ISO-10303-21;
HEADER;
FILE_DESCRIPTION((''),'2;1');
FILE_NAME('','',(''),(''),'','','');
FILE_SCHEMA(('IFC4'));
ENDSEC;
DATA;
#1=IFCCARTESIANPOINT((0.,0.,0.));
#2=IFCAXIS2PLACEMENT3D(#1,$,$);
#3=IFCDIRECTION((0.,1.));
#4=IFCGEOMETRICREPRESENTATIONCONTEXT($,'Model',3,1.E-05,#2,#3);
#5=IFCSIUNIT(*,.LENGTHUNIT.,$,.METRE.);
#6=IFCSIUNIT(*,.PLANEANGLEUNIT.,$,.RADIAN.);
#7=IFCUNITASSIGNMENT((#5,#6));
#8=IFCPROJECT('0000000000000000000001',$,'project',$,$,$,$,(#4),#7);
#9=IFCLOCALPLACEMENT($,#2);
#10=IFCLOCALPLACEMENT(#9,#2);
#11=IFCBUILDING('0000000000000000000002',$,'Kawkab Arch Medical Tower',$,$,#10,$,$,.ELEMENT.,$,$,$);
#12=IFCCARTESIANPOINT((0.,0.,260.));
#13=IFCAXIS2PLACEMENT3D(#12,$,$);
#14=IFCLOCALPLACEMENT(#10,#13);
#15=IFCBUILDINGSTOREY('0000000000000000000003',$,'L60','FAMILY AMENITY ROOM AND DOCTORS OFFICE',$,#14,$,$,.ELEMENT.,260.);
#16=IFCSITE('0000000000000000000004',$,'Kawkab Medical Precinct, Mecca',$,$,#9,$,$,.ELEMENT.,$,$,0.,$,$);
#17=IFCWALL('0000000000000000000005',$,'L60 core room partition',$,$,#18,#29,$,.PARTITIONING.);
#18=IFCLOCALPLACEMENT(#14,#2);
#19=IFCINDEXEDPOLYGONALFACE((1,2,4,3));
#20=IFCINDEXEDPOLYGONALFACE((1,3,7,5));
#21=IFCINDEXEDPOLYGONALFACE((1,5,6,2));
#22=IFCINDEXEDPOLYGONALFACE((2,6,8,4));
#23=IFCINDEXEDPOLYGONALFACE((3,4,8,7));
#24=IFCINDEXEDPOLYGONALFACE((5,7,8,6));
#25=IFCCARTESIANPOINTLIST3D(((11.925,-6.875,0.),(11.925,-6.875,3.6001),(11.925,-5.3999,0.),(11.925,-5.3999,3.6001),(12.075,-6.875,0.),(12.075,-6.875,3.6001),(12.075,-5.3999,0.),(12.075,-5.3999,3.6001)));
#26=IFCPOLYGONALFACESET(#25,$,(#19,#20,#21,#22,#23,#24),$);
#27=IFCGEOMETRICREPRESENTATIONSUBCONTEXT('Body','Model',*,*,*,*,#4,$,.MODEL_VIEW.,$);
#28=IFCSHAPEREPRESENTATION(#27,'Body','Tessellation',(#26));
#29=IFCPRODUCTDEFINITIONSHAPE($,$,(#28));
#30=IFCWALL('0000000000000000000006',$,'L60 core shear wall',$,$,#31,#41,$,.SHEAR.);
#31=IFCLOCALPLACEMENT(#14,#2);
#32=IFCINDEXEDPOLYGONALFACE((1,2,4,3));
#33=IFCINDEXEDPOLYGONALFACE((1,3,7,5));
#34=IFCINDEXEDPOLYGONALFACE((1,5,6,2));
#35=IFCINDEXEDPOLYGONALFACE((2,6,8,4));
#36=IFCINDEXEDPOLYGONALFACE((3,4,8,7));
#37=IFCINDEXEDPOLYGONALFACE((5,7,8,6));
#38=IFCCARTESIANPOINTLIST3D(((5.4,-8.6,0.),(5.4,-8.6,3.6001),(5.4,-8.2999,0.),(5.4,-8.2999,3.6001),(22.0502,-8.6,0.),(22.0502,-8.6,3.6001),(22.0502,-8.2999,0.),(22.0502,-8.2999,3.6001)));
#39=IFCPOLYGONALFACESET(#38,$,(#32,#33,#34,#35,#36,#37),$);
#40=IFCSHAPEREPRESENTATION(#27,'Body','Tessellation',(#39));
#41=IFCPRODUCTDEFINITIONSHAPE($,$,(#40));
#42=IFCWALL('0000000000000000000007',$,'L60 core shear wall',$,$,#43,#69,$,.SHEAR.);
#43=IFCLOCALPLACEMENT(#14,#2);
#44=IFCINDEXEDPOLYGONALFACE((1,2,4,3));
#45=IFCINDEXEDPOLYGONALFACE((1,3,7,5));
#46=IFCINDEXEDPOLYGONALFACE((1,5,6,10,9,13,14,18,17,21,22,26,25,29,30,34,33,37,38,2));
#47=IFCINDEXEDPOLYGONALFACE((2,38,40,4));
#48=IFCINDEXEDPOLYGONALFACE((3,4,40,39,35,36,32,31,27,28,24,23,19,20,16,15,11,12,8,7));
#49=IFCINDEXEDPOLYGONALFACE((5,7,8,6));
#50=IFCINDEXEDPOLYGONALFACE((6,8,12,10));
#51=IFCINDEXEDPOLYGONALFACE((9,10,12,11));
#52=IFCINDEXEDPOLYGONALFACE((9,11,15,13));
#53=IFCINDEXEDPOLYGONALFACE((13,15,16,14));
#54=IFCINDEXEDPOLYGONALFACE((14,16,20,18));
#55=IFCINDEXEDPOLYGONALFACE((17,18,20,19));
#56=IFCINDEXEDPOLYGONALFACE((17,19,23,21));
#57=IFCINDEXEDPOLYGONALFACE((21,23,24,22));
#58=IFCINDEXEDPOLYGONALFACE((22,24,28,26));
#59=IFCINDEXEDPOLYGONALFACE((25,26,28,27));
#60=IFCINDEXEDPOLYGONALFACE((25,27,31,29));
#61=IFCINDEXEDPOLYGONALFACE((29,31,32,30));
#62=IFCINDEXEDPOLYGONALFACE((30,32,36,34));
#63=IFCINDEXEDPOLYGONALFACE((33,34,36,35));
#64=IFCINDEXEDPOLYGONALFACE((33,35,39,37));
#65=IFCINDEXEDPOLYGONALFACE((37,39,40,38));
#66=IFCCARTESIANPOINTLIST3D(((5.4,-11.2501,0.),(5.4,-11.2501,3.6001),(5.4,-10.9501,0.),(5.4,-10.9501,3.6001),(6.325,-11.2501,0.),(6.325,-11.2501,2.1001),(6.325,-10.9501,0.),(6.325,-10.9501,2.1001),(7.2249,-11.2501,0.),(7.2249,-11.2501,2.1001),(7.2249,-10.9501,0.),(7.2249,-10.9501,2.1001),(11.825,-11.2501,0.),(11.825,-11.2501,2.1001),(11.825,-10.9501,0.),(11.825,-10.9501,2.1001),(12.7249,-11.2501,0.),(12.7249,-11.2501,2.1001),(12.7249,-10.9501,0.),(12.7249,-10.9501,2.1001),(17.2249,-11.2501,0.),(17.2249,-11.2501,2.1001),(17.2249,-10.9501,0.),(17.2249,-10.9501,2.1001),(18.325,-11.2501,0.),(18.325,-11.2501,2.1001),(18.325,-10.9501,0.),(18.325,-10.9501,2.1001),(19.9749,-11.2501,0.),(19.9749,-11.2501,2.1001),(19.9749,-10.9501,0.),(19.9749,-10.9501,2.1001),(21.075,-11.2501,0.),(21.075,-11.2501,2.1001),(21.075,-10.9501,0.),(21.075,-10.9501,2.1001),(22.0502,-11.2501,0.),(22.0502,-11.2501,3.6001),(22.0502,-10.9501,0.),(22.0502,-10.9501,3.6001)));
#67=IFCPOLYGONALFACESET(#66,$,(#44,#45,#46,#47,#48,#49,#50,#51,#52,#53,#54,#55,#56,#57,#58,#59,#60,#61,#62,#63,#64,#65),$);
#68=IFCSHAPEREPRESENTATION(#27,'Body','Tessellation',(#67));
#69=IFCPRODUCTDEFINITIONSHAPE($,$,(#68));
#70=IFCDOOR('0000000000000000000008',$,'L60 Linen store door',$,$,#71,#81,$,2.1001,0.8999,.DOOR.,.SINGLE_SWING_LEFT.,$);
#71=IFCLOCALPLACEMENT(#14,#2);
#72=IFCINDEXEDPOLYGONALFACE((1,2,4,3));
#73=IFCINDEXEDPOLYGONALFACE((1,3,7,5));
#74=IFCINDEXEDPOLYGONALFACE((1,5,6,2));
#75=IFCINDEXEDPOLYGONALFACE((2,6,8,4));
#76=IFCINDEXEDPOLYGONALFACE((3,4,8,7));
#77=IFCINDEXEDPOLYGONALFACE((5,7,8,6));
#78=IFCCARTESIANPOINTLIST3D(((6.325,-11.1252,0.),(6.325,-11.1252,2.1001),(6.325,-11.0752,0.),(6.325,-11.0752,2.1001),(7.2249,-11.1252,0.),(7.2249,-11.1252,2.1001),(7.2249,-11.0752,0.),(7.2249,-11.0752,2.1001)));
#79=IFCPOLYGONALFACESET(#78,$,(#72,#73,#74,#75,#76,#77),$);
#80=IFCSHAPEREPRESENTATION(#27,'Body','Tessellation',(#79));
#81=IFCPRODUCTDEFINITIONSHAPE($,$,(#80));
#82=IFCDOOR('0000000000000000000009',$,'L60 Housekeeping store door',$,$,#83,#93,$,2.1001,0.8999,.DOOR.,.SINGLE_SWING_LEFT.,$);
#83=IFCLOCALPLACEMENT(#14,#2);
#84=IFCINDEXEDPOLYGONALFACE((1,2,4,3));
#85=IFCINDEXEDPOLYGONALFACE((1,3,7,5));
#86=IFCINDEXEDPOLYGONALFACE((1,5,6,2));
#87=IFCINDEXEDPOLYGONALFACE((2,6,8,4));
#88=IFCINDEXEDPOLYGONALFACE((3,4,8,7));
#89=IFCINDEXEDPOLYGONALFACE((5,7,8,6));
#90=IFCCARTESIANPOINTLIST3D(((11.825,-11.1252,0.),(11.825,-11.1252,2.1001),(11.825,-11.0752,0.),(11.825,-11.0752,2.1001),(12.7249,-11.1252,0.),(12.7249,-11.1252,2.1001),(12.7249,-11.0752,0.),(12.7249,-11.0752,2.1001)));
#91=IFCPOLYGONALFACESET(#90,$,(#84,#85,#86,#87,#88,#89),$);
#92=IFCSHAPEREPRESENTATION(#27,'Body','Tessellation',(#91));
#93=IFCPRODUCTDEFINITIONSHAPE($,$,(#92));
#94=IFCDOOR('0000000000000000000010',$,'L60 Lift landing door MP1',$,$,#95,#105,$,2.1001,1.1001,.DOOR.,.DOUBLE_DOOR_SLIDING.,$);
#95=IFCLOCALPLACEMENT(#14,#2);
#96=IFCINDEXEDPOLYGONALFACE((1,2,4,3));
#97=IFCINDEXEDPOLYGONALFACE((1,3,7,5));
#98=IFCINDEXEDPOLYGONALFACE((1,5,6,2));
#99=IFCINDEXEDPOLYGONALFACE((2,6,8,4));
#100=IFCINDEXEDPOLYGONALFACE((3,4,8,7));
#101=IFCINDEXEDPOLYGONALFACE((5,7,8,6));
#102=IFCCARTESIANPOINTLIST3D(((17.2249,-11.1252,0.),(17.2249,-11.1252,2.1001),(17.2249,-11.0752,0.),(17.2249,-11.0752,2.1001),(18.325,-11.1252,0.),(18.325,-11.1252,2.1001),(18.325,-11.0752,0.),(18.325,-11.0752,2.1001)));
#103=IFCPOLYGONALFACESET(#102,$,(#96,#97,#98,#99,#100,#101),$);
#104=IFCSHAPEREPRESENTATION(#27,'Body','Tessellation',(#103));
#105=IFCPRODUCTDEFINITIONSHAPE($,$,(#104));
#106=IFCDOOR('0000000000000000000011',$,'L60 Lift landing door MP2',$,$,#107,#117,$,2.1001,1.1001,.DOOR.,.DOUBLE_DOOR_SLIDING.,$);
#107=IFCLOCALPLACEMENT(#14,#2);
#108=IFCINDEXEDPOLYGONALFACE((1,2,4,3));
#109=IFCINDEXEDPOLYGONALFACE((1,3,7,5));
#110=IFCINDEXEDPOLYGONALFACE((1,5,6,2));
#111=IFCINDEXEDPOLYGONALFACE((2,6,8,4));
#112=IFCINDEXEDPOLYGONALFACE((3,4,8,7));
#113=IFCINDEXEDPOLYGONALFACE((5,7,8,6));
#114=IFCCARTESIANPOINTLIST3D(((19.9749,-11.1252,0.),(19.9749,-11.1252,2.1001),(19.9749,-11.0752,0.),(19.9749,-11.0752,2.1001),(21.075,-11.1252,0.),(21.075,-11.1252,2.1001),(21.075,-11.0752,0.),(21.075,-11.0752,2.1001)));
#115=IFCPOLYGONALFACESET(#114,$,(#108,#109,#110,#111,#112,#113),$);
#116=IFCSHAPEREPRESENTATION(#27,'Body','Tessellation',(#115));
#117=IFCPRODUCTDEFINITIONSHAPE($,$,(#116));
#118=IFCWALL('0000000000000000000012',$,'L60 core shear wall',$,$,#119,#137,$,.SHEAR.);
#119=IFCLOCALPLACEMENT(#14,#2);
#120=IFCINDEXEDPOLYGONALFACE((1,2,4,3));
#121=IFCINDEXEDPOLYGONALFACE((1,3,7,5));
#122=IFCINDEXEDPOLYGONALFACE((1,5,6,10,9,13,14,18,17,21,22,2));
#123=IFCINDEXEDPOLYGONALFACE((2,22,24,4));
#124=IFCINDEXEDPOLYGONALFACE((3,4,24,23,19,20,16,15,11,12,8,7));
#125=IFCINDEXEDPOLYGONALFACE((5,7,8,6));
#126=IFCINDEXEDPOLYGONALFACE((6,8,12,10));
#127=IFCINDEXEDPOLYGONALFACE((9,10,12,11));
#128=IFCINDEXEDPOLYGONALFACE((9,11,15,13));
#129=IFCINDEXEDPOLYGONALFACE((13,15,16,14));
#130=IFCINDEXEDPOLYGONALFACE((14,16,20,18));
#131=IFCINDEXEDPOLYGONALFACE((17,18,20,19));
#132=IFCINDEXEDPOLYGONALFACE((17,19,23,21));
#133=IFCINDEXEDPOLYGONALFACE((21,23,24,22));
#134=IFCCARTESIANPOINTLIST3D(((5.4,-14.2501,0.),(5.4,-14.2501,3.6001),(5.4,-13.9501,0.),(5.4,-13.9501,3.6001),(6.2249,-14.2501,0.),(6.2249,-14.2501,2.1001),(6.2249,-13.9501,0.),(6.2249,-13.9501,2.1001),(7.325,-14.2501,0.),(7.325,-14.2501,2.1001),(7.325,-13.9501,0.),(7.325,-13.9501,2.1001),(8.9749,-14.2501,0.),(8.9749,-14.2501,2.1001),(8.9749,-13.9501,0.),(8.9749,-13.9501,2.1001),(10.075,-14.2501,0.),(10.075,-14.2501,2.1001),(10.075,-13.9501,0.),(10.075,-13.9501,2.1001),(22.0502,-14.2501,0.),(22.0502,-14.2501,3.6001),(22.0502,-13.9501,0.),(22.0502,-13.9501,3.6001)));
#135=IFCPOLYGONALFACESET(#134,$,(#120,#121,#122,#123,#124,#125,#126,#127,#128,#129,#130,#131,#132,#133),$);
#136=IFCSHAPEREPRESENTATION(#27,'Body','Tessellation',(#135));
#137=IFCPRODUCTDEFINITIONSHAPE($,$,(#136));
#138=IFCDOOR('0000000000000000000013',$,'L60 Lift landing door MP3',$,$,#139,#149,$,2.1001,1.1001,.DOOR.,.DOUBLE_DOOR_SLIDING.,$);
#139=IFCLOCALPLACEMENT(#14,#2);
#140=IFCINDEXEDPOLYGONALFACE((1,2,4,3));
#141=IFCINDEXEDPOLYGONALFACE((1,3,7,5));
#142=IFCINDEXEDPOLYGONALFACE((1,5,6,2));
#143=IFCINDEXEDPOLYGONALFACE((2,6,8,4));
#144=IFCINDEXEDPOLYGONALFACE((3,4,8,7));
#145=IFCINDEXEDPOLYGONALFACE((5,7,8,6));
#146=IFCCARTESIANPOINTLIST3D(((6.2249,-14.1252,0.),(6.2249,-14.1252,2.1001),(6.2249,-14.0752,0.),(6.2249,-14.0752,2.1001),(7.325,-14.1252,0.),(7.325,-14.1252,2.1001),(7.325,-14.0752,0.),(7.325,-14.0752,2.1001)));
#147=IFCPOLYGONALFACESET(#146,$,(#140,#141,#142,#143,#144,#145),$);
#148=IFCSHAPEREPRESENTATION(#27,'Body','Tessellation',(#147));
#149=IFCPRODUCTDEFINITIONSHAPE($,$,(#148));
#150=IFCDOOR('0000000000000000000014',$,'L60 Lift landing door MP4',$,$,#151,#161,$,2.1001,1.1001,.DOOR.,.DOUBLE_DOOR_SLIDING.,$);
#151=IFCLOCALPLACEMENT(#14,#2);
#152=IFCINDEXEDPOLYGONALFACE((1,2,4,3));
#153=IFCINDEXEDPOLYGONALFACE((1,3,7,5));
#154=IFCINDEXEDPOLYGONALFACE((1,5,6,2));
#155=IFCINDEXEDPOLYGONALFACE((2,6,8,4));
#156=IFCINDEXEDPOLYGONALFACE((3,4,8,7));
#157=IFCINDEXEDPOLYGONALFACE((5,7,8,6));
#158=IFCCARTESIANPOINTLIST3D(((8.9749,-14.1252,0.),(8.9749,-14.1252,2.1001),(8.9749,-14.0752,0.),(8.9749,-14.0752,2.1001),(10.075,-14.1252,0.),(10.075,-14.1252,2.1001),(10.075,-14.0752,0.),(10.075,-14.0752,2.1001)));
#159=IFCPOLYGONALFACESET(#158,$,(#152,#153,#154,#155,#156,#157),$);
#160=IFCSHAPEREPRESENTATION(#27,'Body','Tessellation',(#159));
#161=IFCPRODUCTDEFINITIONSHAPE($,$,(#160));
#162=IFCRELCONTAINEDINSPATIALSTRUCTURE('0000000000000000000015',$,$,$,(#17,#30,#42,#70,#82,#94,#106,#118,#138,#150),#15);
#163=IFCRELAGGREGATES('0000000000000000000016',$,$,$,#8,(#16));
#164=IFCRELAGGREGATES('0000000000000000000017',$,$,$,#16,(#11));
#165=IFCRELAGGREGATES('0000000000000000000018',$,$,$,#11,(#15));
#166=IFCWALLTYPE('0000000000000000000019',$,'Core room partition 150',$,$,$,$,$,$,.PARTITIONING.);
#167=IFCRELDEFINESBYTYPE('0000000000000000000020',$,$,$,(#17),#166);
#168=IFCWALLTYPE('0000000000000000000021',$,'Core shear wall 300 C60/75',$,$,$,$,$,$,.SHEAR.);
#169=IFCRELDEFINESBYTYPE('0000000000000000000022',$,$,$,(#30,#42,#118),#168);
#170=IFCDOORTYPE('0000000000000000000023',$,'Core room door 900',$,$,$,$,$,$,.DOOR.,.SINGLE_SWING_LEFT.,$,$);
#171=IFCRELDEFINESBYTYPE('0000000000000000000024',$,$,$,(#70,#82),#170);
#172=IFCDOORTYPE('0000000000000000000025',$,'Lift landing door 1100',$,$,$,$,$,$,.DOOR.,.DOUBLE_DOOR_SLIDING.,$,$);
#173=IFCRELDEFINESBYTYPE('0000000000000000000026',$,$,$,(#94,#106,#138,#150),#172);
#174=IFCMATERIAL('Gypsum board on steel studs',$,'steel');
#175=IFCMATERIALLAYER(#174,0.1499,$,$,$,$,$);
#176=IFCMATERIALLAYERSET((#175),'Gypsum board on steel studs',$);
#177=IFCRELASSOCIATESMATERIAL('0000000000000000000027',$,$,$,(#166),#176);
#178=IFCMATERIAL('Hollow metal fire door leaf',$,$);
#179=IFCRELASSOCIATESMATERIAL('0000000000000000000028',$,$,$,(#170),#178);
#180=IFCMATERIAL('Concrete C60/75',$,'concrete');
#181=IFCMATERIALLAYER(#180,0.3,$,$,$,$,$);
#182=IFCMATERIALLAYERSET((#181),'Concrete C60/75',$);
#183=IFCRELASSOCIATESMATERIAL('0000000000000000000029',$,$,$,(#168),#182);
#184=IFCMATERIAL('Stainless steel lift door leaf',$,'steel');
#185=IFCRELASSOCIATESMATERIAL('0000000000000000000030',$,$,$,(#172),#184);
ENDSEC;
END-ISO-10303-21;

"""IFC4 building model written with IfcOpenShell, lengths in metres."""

from ifc_helpers import new_model, si_unit, direction, frame, frame_2d, origin, place, context, subcontext, project, spatial, rectangle, extrude, material, layer, layer_set, type_object, element, fill, save


model = new_model("IFC4")

# Units and contexts
model_context = context("Model", 3, precision=1e-05, world=origin(), true_north=direction((0.0, 1.0)))
body_context = subcontext(model_context, "Body", "Model", "MODEL_VIEW")
ifc_project = project(units=[si_unit("LENGTHUNIT", "METRE"), si_unit("PLANEANGLEUNIT", "RADIAN")], contexts=[model_context])

# Site, building, storey
site_placement = place(None, origin())
site = spatial("IfcSite", under=ifc_project, at=site_placement, Name="Kawkab Medical Precinct, Mecca", CompositionType="ELEMENT", RefElevation=0.0)
building_placement = place(site_placement, origin())
building = spatial("IfcBuilding", under=site, at=building_placement, Name="Kawkab Arch Medical Tower", CompositionType="ELEMENT")
storey_placement = place(building_placement, frame((0.0, 0.0, 260.0)))
storey = spatial("IfcBuildingStorey", under=building, at=storey_placement, Name="L60", Description="FAMILY AMENITY ROOM AND DOCTORS OFFICE", CompositionType="ELEMENT", Elevation=260.0)

# Shared definitions
ifc_material_1 = material(Name="Gypsum board on steel studs", Category="steel")
ifc_layer_1 = layer(ifc_material_1, 0.1499)
ifc_layer_set_1 = layer_set([ifc_layer_1], Name="Gypsum board on steel studs")
wall_type_1 = type_object("IfcWallType", Name="Core room partition 150", PredefinedType="PARTITIONING", material=ifc_layer_set_1)
ifc_material_2 = material(Name="Hollow metal fire door leaf")
door_type_1 = type_object("IfcDoorType", Name="Core room door 900", OperationType="SINGLE_SWING_LEFT", PredefinedType="DOOR", material=ifc_material_2)

# Walls
for number, where, z_axis, x_axis, name in (
    (1, (12.0, -6.875, 0.0), (0.0, 0.0, 1.0), (0.0, 1.0, 0.0), "L60 core room partition"),
):
    element("IfcWall", number, at=place(storey_placement, frame(where, z_axis=z_axis, x_axis=x_axis)), inside=storey, type_object=wall_type_1, Name=name, PredefinedType="PARTITIONING", context=body_context, shape_type="SweptSolid", body=[
        extrude(rectangle(XDim=1.4751, YDim=0.1499, at=frame_2d((0.7375, 0.0))), origin(), (0.0, 0.0, 1.0), 3.6001),
    ])
ifc_material_3 = material(Name="Concrete C60/75", Category="concrete")
ifc_layer_2 = layer(ifc_material_3, 0.3)
ifc_layer_set_2 = layer_set([ifc_layer_2], Name="Concrete C60/75")
wall_type_2 = type_object("IfcWallType", Name="Core shear wall 300 C60/75", PredefinedType="SHEAR", material=ifc_layer_set_2)
wall_1_placement = place(storey_placement, frame((5.3999, -8.45, 0.0), z_axis=(0.0, 0.0, 1.0), x_axis=(1.0, 0.0, 0.0)))
element("IfcWall", 2, at=wall_1_placement, inside=storey, type_object=wall_type_2, Name="L60 core shear wall", PredefinedType="SHEAR", context=body_context, shape_type="SweptSolid", body=[
    extrude(rectangle(XDim=16.6501, YDim=0.3, at=frame_2d((8.3252, 0.0))), origin(), (0.0, 0.0, 1.0), 3.6001),
])

# Walls, openings, doors
wall_2_placement = place(storey_placement, frame((5.3999, -11.1001, 0.0), z_axis=(0.0, 0.0, 1.0), x_axis=(1.0, 0.0, 0.0)))
wall_2 = element("IfcWall", 3, at=wall_2_placement, inside=storey, type_object=wall_type_2, Name="L60 core shear wall", PredefinedType="SHEAR", context=body_context, shape_type="SweptSolid", body=[
    extrude(rectangle(XDim=16.6501, YDim=0.3, at=frame_2d((8.3252, 0.0))), origin(), (0.0, 0.0, 1.0), 3.6001),
])
opening_1_placement = place(wall_2_placement, frame((11.825, 0.0, 0.0)))
opening_1 = element("IfcOpeningElement", 4, at=opening_1_placement, cuts=wall_2, PredefinedType="OPENING", context=body_context, shape_type="SweptSolid", body=[
    extrude(rectangle(XDim=1.1001, YDim=2.1001, at=frame_2d((0.55, 1.05))), frame((0.0, 0.1599, 0.0), z_axis=(0.0, -1.0, 0.0), x_axis=(1.0, 0.0, 0.0)), (0.0, 0.0, 1.0), 0.3201),
])
opening_2_placement = place(wall_2_placement, frame((14.575, 0.0, 0.0)))
opening_2 = element("IfcOpeningElement", 5, at=opening_2_placement, cuts=wall_2, PredefinedType="OPENING", context=body_context, shape_type="SweptSolid", body=[
    extrude(rectangle(XDim=1.1001, YDim=2.1001, at=frame_2d((0.55, 1.05))), frame((0.0, 0.1599, 0.0), z_axis=(0.0, -1.0, 0.0), x_axis=(1.0, 0.0, 0.0)), (0.0, 0.0, 1.0), 0.3201),
])
opening_3_placement = place(wall_2_placement, frame((0.925, 0.0, 0.0)))
opening_3 = element("IfcOpeningElement", 6, at=opening_3_placement, cuts=wall_2, PredefinedType="OPENING", context=body_context, shape_type="SweptSolid", body=[
    extrude(rectangle(XDim=0.8999, YDim=2.1001, at=frame_2d((0.45, 1.05))), frame((0.0, 0.1599, 0.0), z_axis=(0.0, -1.0, 0.0), x_axis=(1.0, 0.0, 0.0)), (0.0, 0.0, 1.0), 0.3201),
])
opening_4_placement = place(wall_2_placement, frame((6.425, 0.0, 0.0)))
opening_4 = element("IfcOpeningElement", 7, at=opening_4_placement, cuts=wall_2, PredefinedType="OPENING", context=body_context, shape_type="SweptSolid", body=[
    extrude(rectangle(XDim=0.8999, YDim=2.1001, at=frame_2d((0.45, 1.05))), frame((0.0, 0.1599, 0.0), z_axis=(0.0, -1.0, 0.0), x_axis=(1.0, 0.0, 0.0)), (0.0, 0.0, 1.0), 0.3201),
])
door_1_placement = place(opening_3_placement, origin())
door_1 = element("IfcDoor", 8, at=door_1_placement, inside=storey, type_object=door_type_1, Name="L60 Linen store door", OperationType="SINGLE_SWING_LEFT", OverallHeight=2.1001, OverallWidth=0.8999, PredefinedType="DOOR", context=body_context, shape_type="SweptSolid", body=[
    extrude(rectangle(XDim=0.8999, YDim=2.1001, at=frame_2d((0.45, 1.05))), frame((0.0, 0.0249, 0.0), z_axis=(0.0, -1.0, 0.0), x_axis=(1.0, 0.0, 0.0)), (0.0, 0.0, 1.0), 0.05),
])
fill(opening_3, door_1)
door_2_placement = place(opening_4_placement, origin())
door_2 = element("IfcDoor", 9, at=door_2_placement, inside=storey, type_object=door_type_1, Name="L60 Housekeeping store door", OperationType="SINGLE_SWING_LEFT", OverallHeight=2.1001, OverallWidth=0.8999, PredefinedType="DOOR", context=body_context, shape_type="SweptSolid", body=[
    extrude(rectangle(XDim=0.8999, YDim=2.1001, at=frame_2d((0.45, 1.05))), frame((0.0, 0.0249, 0.0), z_axis=(0.0, -1.0, 0.0), x_axis=(1.0, 0.0, 0.0)), (0.0, 0.0, 1.0), 0.05),
])
fill(opening_4, door_2)
ifc_material_4 = material(Name="Stainless steel lift door leaf", Category="steel")
door_type_2 = type_object("IfcDoorType", Name="Lift landing door 1100", OperationType="DOUBLE_DOOR_SLIDING", PredefinedType="DOOR", material=ifc_material_4)
door_3_placement = place(opening_1_placement, origin())
door_3 = element("IfcDoor", 10, at=door_3_placement, inside=storey, type_object=door_type_2, Name="L60 Lift landing door MP1", OperationType="DOUBLE_DOOR_SLIDING", OverallHeight=2.1001, OverallWidth=1.1001, PredefinedType="DOOR", context=body_context, shape_type="SweptSolid", body=[
    extrude(rectangle(XDim=1.1001, YDim=2.1001, at=frame_2d((0.55, 1.05))), frame((0.0, 0.0249, 0.0), z_axis=(0.0, -1.0, 0.0), x_axis=(1.0, 0.0, 0.0)), (0.0, 0.0, 1.0), 0.05),
])
fill(opening_1, door_3)
door_4_placement = place(opening_2_placement, origin())
door_4 = element("IfcDoor", 11, at=door_4_placement, inside=storey, type_object=door_type_2, Name="L60 Lift landing door MP2", OperationType="DOUBLE_DOOR_SLIDING", OverallHeight=2.1001, OverallWidth=1.1001, PredefinedType="DOOR", context=body_context, shape_type="SweptSolid", body=[
    extrude(rectangle(XDim=1.1001, YDim=2.1001, at=frame_2d((0.55, 1.05))), frame((0.0, 0.0249, 0.0), z_axis=(0.0, -1.0, 0.0), x_axis=(1.0, 0.0, 0.0)), (0.0, 0.0, 1.0), 0.05),
])
fill(opening_2, door_4)
wall_3_placement = place(storey_placement, frame((5.3999, -14.1001, 0.0), z_axis=(0.0, 0.0, 1.0), x_axis=(1.0, 0.0, 0.0)))
wall_3 = element("IfcWall", 12, at=wall_3_placement, inside=storey, type_object=wall_type_2, Name="L60 core shear wall", PredefinedType="SHEAR", context=body_context, shape_type="SweptSolid", body=[
    extrude(rectangle(XDim=16.6501, YDim=0.3, at=frame_2d((8.3252, 0.0))), origin(), (0.0, 0.0, 1.0), 3.6001),
])
opening_5_placement = place(wall_3_placement, frame((0.825, 0.0, 0.0)))
opening_5 = element("IfcOpeningElement", 13, at=opening_5_placement, cuts=wall_3, PredefinedType="OPENING", context=body_context, shape_type="SweptSolid", body=[
    extrude(rectangle(XDim=1.1001, YDim=2.1001, at=frame_2d((0.55, 1.05))), frame((0.0, 0.1599, 0.0), z_axis=(0.0, -1.0, 0.0), x_axis=(1.0, 0.0, 0.0)), (0.0, 0.0, 1.0), 0.3201),
])
opening_6_placement = place(wall_3_placement, frame((3.575, 0.0, 0.0)))
opening_6 = element("IfcOpeningElement", 14, at=opening_6_placement, cuts=wall_3, PredefinedType="OPENING", context=body_context, shape_type="SweptSolid", body=[
    extrude(rectangle(XDim=1.1001, YDim=2.1001, at=frame_2d((0.55, 1.05))), frame((0.0, 0.1599, 0.0), z_axis=(0.0, -1.0, 0.0), x_axis=(1.0, 0.0, 0.0)), (0.0, 0.0, 1.0), 0.3201),
])
door_5_placement = place(opening_5_placement, origin())
door_5 = element("IfcDoor", 15, at=door_5_placement, inside=storey, type_object=door_type_2, Name="L60 Lift landing door MP3", OperationType="DOUBLE_DOOR_SLIDING", OverallHeight=2.1001, OverallWidth=1.1001, PredefinedType="DOOR", context=body_context, shape_type="SweptSolid", body=[
    extrude(rectangle(XDim=1.1001, YDim=2.1001, at=frame_2d((0.55, 1.05))), frame((0.0, 0.0249, 0.0), z_axis=(0.0, -1.0, 0.0), x_axis=(1.0, 0.0, 0.0)), (0.0, 0.0, 1.0), 0.05),
])
fill(opening_5, door_5)
door_6_placement = place(opening_6_placement, origin())
door_6 = element("IfcDoor", 16, at=door_6_placement, inside=storey, type_object=door_type_2, Name="L60 Lift landing door MP4", OperationType="DOUBLE_DOOR_SLIDING", OverallHeight=2.1001, OverallWidth=1.1001, PredefinedType="DOOR", context=body_context, shape_type="SweptSolid", body=[
    extrude(rectangle(XDim=1.1001, YDim=2.1001, at=frame_2d((0.55, 1.05))), frame((0.0, 0.0249, 0.0), z_axis=(0.0, -1.0, 0.0), x_axis=(1.0, 0.0, 0.0)), (0.0, 0.0, 1.0), 0.05),
])
fill(opening_6, door_6)

save(model, "model.ifc")
